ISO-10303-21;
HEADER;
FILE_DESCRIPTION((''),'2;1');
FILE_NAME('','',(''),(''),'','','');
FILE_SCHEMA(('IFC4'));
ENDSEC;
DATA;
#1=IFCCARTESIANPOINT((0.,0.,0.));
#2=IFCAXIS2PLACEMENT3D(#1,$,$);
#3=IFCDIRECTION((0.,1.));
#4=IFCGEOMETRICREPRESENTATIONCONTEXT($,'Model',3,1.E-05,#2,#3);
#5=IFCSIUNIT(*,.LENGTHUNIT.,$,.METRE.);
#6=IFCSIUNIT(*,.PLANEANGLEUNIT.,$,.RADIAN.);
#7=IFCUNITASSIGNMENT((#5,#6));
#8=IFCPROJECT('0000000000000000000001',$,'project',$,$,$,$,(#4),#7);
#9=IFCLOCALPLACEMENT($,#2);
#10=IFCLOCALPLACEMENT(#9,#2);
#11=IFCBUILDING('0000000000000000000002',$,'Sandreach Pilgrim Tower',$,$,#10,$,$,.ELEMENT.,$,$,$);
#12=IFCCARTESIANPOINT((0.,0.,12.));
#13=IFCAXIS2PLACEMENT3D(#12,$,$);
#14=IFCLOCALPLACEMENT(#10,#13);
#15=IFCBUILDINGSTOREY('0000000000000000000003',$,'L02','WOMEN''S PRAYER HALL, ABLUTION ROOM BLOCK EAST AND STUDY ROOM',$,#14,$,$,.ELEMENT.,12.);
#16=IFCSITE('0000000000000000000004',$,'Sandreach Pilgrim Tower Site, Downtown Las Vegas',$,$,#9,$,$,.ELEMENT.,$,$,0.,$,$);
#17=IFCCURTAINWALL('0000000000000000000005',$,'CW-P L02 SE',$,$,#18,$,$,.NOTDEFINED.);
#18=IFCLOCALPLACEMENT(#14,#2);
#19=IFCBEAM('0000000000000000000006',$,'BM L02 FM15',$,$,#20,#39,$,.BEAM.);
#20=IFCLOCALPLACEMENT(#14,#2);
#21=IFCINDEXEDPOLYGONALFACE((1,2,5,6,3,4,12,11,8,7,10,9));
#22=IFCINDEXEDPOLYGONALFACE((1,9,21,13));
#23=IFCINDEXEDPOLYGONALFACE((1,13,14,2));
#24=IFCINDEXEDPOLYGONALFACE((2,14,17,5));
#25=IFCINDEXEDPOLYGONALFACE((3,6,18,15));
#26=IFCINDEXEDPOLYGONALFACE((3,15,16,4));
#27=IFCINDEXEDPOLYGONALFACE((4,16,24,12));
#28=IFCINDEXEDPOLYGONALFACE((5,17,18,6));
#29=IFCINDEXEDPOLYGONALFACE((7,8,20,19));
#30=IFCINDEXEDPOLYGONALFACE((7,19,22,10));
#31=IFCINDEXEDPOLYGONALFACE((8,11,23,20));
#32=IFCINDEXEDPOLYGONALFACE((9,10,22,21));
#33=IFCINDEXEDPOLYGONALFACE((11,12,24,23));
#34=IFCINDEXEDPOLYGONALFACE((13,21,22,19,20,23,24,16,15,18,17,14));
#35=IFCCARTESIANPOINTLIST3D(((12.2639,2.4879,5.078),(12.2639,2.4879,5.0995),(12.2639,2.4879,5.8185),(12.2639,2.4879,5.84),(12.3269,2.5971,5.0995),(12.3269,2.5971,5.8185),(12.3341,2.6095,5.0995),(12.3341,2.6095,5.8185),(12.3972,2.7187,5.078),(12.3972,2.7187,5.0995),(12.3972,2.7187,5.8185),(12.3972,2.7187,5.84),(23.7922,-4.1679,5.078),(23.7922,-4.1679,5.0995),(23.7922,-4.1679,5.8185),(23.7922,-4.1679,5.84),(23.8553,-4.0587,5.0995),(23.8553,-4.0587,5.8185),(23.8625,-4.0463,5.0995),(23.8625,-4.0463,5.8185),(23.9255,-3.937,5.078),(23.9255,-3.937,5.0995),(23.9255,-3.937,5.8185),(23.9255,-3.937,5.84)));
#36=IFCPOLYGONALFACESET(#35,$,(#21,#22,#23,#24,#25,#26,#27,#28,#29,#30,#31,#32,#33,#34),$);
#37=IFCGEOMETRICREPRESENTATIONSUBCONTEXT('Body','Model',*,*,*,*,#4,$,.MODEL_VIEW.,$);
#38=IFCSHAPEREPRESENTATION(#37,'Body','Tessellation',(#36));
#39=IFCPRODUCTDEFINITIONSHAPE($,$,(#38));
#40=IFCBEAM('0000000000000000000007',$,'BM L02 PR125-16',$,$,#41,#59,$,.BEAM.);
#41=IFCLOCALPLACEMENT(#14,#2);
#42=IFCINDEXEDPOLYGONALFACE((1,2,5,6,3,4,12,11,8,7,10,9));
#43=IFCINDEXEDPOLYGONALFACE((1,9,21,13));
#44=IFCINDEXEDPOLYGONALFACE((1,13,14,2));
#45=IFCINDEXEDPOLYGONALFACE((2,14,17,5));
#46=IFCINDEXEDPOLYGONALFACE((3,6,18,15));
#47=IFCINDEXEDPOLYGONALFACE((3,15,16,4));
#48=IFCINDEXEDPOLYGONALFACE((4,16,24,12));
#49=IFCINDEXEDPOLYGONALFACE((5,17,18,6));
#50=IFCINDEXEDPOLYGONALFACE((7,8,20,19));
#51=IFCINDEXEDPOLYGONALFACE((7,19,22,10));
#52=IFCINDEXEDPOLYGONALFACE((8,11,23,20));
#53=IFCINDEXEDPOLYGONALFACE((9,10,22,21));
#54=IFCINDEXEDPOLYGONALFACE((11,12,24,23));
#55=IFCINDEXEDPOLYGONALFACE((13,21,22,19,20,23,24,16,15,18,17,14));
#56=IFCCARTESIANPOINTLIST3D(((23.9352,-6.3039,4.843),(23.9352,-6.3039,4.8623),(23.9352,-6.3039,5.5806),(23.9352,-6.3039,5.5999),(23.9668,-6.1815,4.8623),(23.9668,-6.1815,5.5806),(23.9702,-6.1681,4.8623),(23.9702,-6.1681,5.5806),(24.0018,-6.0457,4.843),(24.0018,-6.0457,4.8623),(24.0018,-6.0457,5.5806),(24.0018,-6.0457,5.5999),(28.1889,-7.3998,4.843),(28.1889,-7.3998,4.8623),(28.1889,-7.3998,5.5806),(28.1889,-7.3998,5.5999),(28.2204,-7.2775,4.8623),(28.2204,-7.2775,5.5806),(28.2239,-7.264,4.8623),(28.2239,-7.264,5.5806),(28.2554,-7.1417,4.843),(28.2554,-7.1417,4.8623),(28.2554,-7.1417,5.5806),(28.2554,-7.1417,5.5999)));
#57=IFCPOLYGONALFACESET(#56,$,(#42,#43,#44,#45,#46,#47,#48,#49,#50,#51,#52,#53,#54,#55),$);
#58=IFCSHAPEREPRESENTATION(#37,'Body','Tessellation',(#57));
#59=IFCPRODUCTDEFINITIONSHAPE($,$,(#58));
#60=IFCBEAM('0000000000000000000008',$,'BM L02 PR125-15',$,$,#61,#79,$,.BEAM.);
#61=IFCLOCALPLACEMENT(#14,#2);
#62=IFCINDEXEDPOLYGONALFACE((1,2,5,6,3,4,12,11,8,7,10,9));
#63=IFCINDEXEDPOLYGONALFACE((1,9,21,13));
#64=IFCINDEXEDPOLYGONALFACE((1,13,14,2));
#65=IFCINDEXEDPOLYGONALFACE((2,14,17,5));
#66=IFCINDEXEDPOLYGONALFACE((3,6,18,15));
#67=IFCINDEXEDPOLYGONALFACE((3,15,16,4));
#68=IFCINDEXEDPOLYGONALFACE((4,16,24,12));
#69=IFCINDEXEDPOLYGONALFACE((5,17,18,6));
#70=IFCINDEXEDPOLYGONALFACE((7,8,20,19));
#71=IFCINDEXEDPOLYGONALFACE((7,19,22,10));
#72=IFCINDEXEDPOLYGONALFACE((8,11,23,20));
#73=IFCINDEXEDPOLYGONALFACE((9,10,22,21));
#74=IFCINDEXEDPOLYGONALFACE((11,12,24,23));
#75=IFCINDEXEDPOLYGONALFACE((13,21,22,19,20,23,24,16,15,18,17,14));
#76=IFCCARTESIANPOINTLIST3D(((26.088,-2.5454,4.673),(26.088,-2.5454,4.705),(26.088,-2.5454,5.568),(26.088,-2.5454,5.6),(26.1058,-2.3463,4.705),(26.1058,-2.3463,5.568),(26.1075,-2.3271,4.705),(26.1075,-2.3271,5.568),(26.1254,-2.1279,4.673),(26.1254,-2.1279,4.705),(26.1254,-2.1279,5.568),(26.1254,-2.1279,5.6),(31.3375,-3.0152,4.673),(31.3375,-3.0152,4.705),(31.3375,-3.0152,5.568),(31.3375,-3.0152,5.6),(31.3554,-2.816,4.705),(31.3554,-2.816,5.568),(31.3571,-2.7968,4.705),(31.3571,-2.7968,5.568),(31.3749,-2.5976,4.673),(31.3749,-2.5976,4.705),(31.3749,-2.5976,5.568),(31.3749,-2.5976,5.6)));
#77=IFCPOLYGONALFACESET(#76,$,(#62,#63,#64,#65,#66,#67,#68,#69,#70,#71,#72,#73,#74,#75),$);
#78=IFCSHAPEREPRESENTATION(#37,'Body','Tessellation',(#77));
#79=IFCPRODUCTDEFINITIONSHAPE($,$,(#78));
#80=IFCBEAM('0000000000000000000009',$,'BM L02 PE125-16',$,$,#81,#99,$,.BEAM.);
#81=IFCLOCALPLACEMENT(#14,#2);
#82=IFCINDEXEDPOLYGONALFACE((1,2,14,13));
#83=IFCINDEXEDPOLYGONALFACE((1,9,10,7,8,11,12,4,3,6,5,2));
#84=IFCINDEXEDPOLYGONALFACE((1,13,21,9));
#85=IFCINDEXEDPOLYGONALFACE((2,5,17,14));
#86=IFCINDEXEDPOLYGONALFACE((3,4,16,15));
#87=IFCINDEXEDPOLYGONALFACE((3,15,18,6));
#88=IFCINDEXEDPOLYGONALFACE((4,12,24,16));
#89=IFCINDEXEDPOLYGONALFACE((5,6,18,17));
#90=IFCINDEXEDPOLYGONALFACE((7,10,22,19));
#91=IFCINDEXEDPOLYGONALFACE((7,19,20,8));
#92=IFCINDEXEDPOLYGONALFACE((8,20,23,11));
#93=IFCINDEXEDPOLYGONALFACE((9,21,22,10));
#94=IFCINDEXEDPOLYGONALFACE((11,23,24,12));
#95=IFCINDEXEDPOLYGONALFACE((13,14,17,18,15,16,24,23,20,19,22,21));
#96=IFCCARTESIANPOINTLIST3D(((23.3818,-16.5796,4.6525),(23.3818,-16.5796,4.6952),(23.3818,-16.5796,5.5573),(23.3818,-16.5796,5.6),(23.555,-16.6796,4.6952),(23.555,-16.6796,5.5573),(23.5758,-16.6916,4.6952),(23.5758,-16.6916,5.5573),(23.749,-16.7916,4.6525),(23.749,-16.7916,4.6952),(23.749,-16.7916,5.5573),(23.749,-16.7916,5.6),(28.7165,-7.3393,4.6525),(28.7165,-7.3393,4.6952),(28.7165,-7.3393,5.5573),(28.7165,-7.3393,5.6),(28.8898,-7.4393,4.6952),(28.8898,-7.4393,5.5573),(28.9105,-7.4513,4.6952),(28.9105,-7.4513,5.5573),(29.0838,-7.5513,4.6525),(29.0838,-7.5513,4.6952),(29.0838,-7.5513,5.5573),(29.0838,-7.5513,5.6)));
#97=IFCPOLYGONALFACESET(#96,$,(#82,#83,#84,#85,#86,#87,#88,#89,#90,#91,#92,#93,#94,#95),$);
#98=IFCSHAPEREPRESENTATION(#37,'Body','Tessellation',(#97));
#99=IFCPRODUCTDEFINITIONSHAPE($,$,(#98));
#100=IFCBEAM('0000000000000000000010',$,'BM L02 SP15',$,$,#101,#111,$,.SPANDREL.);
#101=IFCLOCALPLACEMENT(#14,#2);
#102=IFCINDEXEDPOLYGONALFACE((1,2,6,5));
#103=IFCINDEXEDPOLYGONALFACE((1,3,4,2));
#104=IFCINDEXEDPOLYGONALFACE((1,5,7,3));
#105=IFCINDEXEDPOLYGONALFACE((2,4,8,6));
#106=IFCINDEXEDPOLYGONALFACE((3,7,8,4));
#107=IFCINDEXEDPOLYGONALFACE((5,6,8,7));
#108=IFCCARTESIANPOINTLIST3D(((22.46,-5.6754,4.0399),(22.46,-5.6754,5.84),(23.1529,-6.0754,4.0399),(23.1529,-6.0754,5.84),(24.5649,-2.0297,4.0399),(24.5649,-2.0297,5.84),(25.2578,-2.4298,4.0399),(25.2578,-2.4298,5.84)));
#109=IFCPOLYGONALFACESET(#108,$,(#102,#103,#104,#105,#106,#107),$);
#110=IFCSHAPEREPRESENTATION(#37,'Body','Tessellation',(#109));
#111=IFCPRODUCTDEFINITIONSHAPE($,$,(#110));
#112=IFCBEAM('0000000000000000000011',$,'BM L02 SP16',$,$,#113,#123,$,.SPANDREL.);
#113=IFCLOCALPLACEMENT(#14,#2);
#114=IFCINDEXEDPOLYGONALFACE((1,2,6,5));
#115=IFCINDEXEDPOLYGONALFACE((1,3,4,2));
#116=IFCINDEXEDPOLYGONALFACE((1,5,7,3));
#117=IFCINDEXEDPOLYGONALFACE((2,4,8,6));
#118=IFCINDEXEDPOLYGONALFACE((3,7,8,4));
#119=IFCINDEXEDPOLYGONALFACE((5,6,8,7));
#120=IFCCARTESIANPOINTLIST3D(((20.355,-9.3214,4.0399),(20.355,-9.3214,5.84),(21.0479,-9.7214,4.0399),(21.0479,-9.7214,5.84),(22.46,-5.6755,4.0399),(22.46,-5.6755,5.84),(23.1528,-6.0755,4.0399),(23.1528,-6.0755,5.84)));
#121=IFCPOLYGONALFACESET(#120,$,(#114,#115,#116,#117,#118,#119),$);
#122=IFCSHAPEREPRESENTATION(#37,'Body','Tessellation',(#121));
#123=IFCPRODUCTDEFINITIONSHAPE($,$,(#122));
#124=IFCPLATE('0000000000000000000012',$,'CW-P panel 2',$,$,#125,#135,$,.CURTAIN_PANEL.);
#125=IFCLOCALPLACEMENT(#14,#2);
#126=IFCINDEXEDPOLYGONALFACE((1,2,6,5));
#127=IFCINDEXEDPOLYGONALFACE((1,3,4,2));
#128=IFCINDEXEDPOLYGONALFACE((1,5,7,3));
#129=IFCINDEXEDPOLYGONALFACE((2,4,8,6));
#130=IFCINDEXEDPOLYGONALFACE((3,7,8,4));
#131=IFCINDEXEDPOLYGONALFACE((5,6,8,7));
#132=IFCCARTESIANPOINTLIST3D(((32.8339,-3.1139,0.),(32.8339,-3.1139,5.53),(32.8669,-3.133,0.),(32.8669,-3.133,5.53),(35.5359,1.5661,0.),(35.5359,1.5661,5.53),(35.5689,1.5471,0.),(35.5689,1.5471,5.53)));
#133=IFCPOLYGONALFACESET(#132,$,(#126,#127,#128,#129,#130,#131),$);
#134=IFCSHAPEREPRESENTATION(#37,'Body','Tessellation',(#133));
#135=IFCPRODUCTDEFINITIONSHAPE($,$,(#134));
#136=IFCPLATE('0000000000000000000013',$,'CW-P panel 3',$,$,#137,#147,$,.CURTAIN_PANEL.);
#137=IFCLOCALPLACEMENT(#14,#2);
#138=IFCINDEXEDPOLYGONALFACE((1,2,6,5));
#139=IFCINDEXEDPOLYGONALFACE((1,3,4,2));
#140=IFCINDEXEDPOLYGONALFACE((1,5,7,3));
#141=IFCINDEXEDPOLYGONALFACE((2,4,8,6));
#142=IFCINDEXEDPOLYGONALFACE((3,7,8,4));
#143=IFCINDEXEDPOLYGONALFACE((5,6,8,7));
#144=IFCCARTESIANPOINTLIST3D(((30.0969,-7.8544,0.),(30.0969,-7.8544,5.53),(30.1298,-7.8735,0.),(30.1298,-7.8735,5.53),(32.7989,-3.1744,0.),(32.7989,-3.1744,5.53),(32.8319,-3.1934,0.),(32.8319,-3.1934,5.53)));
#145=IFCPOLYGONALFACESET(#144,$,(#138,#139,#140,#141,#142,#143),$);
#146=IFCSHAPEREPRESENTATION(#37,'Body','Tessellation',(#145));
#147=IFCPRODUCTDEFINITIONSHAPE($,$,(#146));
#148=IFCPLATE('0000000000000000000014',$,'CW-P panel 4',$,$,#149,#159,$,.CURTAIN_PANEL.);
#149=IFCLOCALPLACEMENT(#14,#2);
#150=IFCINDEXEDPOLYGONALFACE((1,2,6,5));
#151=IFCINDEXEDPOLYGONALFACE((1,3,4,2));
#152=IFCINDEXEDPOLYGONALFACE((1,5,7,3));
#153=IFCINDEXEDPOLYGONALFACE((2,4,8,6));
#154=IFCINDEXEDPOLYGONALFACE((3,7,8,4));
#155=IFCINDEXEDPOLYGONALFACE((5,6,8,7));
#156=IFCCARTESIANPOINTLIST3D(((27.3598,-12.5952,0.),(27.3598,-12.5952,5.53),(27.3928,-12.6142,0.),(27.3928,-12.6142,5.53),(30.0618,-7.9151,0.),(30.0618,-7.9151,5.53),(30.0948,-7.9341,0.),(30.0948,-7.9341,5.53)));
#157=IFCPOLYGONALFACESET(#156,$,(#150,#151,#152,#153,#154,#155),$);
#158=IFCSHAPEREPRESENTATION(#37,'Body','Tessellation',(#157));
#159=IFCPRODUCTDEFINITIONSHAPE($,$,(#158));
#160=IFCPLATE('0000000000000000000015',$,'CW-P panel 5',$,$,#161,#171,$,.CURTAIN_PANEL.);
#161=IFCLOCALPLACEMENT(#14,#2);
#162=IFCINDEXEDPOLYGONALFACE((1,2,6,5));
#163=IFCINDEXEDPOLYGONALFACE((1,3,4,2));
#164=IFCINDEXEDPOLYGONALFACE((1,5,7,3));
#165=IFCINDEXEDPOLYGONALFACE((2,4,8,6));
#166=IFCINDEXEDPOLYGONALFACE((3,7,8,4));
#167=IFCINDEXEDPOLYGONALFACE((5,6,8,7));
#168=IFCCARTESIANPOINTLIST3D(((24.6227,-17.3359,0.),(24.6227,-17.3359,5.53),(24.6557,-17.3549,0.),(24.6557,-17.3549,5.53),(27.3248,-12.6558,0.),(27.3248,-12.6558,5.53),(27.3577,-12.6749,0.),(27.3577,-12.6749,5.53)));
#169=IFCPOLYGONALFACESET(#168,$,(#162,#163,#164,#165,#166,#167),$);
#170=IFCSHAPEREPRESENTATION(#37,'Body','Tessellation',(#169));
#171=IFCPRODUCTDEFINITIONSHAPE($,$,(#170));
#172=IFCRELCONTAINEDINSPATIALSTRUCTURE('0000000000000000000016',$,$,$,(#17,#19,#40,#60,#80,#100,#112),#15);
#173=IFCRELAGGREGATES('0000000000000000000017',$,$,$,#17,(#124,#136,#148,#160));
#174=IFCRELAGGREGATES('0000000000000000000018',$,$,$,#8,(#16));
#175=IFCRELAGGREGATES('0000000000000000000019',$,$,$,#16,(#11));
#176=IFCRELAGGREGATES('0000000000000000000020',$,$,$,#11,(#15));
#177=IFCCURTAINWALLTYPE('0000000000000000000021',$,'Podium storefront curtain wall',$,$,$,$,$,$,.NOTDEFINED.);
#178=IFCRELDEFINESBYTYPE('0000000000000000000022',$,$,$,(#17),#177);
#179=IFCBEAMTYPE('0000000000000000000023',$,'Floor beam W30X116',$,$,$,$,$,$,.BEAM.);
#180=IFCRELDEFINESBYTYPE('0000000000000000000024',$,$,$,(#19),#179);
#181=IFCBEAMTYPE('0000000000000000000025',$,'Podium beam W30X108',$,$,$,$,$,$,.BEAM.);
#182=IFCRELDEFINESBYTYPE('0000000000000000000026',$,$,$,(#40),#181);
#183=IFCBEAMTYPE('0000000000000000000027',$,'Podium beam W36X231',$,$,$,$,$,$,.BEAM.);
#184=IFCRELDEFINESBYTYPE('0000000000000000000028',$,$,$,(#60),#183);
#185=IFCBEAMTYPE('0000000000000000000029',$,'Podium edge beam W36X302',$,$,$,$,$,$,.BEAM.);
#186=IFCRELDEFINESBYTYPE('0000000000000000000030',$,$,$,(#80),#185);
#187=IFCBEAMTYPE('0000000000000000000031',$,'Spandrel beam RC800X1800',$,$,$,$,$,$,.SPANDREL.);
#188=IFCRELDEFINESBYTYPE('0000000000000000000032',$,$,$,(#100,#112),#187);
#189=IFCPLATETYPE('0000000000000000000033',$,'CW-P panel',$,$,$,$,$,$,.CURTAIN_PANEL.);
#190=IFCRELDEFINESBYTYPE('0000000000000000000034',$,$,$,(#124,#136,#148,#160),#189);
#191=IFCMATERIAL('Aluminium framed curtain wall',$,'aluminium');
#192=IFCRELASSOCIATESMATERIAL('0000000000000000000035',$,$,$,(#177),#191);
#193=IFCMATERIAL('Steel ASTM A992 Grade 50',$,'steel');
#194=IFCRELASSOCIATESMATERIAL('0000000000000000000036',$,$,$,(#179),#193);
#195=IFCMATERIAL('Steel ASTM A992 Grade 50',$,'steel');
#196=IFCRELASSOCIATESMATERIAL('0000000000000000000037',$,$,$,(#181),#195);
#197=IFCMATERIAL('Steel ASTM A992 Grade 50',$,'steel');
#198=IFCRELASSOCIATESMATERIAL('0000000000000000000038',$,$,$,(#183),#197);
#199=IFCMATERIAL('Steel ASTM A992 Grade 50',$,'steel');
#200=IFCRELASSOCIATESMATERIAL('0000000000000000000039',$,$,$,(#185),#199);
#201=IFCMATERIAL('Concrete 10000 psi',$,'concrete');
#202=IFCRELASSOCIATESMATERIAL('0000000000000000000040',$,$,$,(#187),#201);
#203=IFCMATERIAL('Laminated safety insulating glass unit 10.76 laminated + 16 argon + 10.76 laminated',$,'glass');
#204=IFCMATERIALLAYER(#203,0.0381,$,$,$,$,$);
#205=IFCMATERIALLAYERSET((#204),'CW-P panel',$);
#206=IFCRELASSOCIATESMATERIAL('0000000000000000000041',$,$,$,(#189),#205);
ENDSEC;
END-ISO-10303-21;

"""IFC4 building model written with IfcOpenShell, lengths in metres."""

from ifc_helpers import new_model, si_unit, direction, frame, origin, origin_2d, place, context, subcontext, project, spatial, rectangle, i_section, extrude, material, layer, layer_set, material_profile, profile_set, type_object, element, aggregate, save


model = new_model("IFC4")

# Units and contexts
model_context = context("Model", 3, precision=1e-05, world=origin(), true_north=direction((0.0, 1.0)))
body_context = subcontext(model_context, "Body", "Model", "MODEL_VIEW")
ifc_project = project(units=[si_unit("LENGTHUNIT", "METRE"), si_unit("PLANEANGLEUNIT", "RADIAN")], contexts=[model_context])

# Site, building, storey
site_placement = place(None, origin())
site = spatial("IfcSite", under=ifc_project, at=site_placement, Name="Sandreach Pilgrim Tower Site, Downtown Las Vegas", CompositionType="ELEMENT", RefElevation=0.0)
building_placement = place(site_placement, origin())
building = spatial("IfcBuilding", under=site, at=building_placement, Name="Sandreach Pilgrim Tower", CompositionType="ELEMENT")
storey_placement = place(building_placement, frame((0.0, 0.0, 12.0)))
storey = spatial("IfcBuildingStorey", under=building, at=storey_placement, Name="L02", Description="WOMEN'S PRAYER HALL, ABLUTION ROOM BLOCK EAST AND STUDY ROOM", CompositionType="ELEMENT", Elevation=12.0)

# Curtain wall
ifc_material_1 = material(Name="Aluminium framed curtain wall", Category="aluminium")
curtain_wall_type = type_object("IfcCurtainWallType", Name="Podium storefront curtain wall", PredefinedType="NOTDEFINED", material=ifc_material_1)
curtain_wall_placement = place(storey_placement, origin())
curtain_wall = element("IfcCurtainWall", 1, at=curtain_wall_placement, inside=storey, type_object=curtain_wall_type, Name="CW-P L02 SE", PredefinedType="NOTDEFINED")

# Beams
ifc_material_2 = material(Name="Steel ASTM A992 Grade 50", Category="steel")
ifc_material_profile_1 = material_profile(ifc_material_2, i_section(OverallWidth=0.2666, OverallDepth=0.762, WebThickness=0.0144, FlangeThickness=0.0215, at=origin_2d()), Name="W30X116")
ifc_profile_set_1 = profile_set([ifc_material_profile_1], Name="Steel ASTM A992 Grade 50")
beam_type_1 = type_object("IfcBeamType", Name="Floor beam W30X116", PredefinedType="BEAM", material=ifc_profile_set_1)
beam_1_placement = place(storey_placement, frame((23.8589, -4.0525, 5.459), z_axis=(-0.866029, 0.499993, 0.0), x_axis=(-0.499993, -0.866029, 0.0)))
element("IfcBeam", 2, at=beam_1_placement, inside=storey, type_object=beam_type_1, Name="BM L02 FM15", PredefinedType="BEAM", context=body_context, shape_type="SweptSolid", body=[
    extrude(i_section(OverallWidth=0.2666, OverallDepth=0.762, WebThickness=0.0144, FlangeThickness=0.0215, at=origin_2d()), origin(), (0.0, 0.0, 1.0), 13.3118),
])
ifc_material_3 = material(Name="Steel ASTM A992 Grade 50", Category="steel")
ifc_material_profile_2 = material_profile(ifc_material_3, i_section(OverallWidth=0.2666, OverallDepth=0.7568, WebThickness=0.0139, FlangeThickness=0.0193, at=origin_2d()), Name="W30X108")
ifc_profile_set_2 = profile_set([ifc_material_profile_2], Name="Steel ASTM A992 Grade 50")
beam_type_2 = type_object("IfcBeamType", Name="Podium beam W30X108", PredefinedType="BEAM", material=ifc_profile_set_2)
beam_2_placement = place(storey_placement, frame((23.9685, -6.1748, 5.2214), z_axis=(0.968375, -0.2495, 0.0), x_axis=(0.2495, 0.968375, 0.0)))
element("IfcBeam", 3, at=beam_2_placement, inside=storey, type_object=beam_type_2, Name="BM L02 PR125-16", PredefinedType="BEAM", context=body_context, shape_type="SweptSolid", body=[
    extrude(i_section(OverallWidth=0.2666, OverallDepth=0.7568, WebThickness=0.0139, FlangeThickness=0.0193, at=origin_2d()), origin(), (0.0, 0.0, 1.0), 4.3926),
])
ifc_material_4 = material(Name="Steel ASTM A992 Grade 50", Category="steel")
ifc_material_profile_3 = material_profile(ifc_material_4, i_section(OverallWidth=0.4192, OverallDepth=0.927, WebThickness=0.0193, FlangeThickness=0.032, at=origin_2d()), Name="W36X231")
ifc_profile_set_3 = profile_set([ifc_material_profile_3], Name="Steel ASTM A992 Grade 50")
beam_type_3 = type_object("IfcBeamType", Name="Podium beam W36X231", PredefinedType="BEAM", material=ifc_profile_set_3)
beam_3_placement = place(storey_placement, frame((26.1067, -2.3367, 5.1365), z_axis=(0.996021, -0.089124, 0.0), x_axis=(0.089124, 0.996021, 0.0)))
element("IfcBeam", 4, at=beam_3_placement, inside=storey, type_object=beam_type_3, Name="BM L02 PR125-15", PredefinedType="BEAM", context=body_context, shape_type="SweptSolid", body=[
    extrude(i_section(OverallWidth=0.4192, OverallDepth=0.927, WebThickness=0.0193, FlangeThickness=0.032, at=origin_2d()), origin(), (0.0, 0.0, 1.0), 5.2705),
])
ifc_material_5 = material(Name="Steel ASTM A992 Grade 50", Category="steel")
ifc_material_profile_4 = material_profile(ifc_material_5, i_section(OverallWidth=0.4241, OverallDepth=0.9475, WebThickness=0.0239, FlangeThickness=0.0427, at=origin_2d()), Name="W36X302")
ifc_profile_set_4 = profile_set([ifc_material_profile_4], Name="Steel ASTM A992 Grade 50")
beam_type_4 = type_object("IfcBeamType", Name="Podium edge beam W36X302", PredefinedType="BEAM", material=ifc_profile_set_4)
beam_4_placement = place(storey_placement, frame((28.9001, -7.4453, 5.1262), z_axis=(-0.499991, -0.866031, 0.0), x_axis=(0.866031, -0.499991, 0.0)))
element("IfcBeam", 5, at=beam_4_placement, inside=storey, type_object=beam_type_4, Name="BM L02 PE125-16", PredefinedType="BEAM", context=body_context, shape_type="SweptSolid", body=[
    extrude(i_section(OverallWidth=0.4241, OverallDepth=0.9475, WebThickness=0.0239, FlangeThickness=0.0427, at=origin_2d()), origin(), (0.0, 0.0, 1.0), 10.6697),
])
ifc_material_6 = material(Name="Concrete 10000 psi", Category="concrete")
ifc_material_profile_5 = material_profile(ifc_material_6, rectangle(XDim=0.8, YDim=1.8, at=origin_2d()), Name="RC800X1800")
ifc_profile_set_5 = profile_set([ifc_material_profile_5], Name="Concrete 10000 psi")
beam_type_5 = type_object("IfcBeamType", Name="Spandrel beam RC800X1800", PredefinedType="SPANDREL", material=ifc_profile_set_5)
beam_5_placement = place(storey_placement, frame((24.9114, -2.2297, 4.9399), z_axis=(-0.500019, -0.866015, 0.0), x_axis=(0.866015, -0.500019, 0.0)))
element("IfcBeam", 6, at=beam_5_placement, inside=storey, type_object=beam_type_5, Name="BM L02 SP15", PredefinedType="SPANDREL", context=body_context, shape_type="SweptSolid", body=[
    extrude(rectangle(XDim=0.8, YDim=1.8, at=origin_2d()), origin(), (0.0, 0.0, 1.0), 4.2097),
])
beam_6_placement = place(storey_placement, frame((22.8064, -5.8755, 4.9399), z_axis=(-0.499994, -0.866029, 0.0), x_axis=(0.866029, -0.499994, 0.0)))
element("IfcBeam", 7, at=beam_6_placement, inside=storey, type_object=beam_type_5, Name="BM L02 SP16", PredefinedType="SPANDREL", context=body_context, shape_type="SweptSolid", body=[
    extrude(rectangle(XDim=0.8, YDim=1.8, at=origin_2d()), origin(), (0.0, 0.0, 1.0), 4.21),
])

# Plates
ifc_material_7 = material(Name="Laminated safety insulating glass unit 10.76 laminated + 16 argon + 10.76 laminated", Category="glass")
ifc_layer_1 = layer(ifc_material_7, 0.0381)
ifc_layer_set_1 = layer_set([ifc_layer_1], Name="CW-P panel")
plate_type = type_object("IfcPlateType", Name="CW-P panel", PredefinedType="CURTAIN_PANEL", material=ifc_layer_set_1)
plate_1_placement = place(storey_placement, frame((34.2014, -0.7834, 0.0), z_axis=(0.0, 0.0, 1.0), x_axis=(-0.5, -0.866025, 0.0)))
plate_1 = element("IfcPlate", 8, at=plate_1_placement, type_object=plate_type, Name="CW-P panel 2", PredefinedType="CURTAIN_PANEL", context=body_context, shape_type="SweptSolid", body=[
    extrude(rectangle(XDim=5.4041, YDim=0.0381, at=origin_2d()), origin(), (0.0, 0.0, 1.0), 5.53),
])
plate_2_placement = place(storey_placement, frame((31.4644, -5.5239, 0.0), z_axis=(0.0, 0.0, 1.0), x_axis=(-0.5, -0.866025, 0.0)))
plate_2 = element("IfcPlate", 9, at=plate_2_placement, type_object=plate_type, Name="CW-P panel 3", PredefinedType="CURTAIN_PANEL", context=body_context, shape_type="SweptSolid", body=[
    extrude(rectangle(XDim=5.4041, YDim=0.0381, at=origin_2d()), origin(), (0.0, 0.0, 1.0), 5.53),
])
plate_3_placement = place(storey_placement, frame((28.7273, -10.2646, 0.0), z_axis=(0.0, 0.0, 1.0), x_axis=(-0.5, -0.866025, 0.0)))
plate_3 = element("IfcPlate", 10, at=plate_3_placement, type_object=plate_type, Name="CW-P panel 4", PredefinedType="CURTAIN_PANEL", context=body_context, shape_type="SweptSolid", body=[
    extrude(rectangle(XDim=5.4041, YDim=0.0381, at=origin_2d()), origin(), (0.0, 0.0, 1.0), 5.53),
])
plate_4_placement = place(storey_placement, frame((25.9902, -15.0054, 0.0), z_axis=(0.0, 0.0, 1.0), x_axis=(-0.5, -0.866025, 0.0)))
plate_4 = element("IfcPlate", 11, at=plate_4_placement, type_object=plate_type, Name="CW-P panel 5", PredefinedType="CURTAIN_PANEL", context=body_context, shape_type="SweptSolid", body=[
    extrude(rectangle(XDim=5.4041, YDim=0.0381, at=origin_2d()), origin(), (0.0, 0.0, 1.0), 5.53),
])
aggregate(curtain_wall, [plate_1, plate_2, plate_3, plate_4])

save(model, "model.ifc")
